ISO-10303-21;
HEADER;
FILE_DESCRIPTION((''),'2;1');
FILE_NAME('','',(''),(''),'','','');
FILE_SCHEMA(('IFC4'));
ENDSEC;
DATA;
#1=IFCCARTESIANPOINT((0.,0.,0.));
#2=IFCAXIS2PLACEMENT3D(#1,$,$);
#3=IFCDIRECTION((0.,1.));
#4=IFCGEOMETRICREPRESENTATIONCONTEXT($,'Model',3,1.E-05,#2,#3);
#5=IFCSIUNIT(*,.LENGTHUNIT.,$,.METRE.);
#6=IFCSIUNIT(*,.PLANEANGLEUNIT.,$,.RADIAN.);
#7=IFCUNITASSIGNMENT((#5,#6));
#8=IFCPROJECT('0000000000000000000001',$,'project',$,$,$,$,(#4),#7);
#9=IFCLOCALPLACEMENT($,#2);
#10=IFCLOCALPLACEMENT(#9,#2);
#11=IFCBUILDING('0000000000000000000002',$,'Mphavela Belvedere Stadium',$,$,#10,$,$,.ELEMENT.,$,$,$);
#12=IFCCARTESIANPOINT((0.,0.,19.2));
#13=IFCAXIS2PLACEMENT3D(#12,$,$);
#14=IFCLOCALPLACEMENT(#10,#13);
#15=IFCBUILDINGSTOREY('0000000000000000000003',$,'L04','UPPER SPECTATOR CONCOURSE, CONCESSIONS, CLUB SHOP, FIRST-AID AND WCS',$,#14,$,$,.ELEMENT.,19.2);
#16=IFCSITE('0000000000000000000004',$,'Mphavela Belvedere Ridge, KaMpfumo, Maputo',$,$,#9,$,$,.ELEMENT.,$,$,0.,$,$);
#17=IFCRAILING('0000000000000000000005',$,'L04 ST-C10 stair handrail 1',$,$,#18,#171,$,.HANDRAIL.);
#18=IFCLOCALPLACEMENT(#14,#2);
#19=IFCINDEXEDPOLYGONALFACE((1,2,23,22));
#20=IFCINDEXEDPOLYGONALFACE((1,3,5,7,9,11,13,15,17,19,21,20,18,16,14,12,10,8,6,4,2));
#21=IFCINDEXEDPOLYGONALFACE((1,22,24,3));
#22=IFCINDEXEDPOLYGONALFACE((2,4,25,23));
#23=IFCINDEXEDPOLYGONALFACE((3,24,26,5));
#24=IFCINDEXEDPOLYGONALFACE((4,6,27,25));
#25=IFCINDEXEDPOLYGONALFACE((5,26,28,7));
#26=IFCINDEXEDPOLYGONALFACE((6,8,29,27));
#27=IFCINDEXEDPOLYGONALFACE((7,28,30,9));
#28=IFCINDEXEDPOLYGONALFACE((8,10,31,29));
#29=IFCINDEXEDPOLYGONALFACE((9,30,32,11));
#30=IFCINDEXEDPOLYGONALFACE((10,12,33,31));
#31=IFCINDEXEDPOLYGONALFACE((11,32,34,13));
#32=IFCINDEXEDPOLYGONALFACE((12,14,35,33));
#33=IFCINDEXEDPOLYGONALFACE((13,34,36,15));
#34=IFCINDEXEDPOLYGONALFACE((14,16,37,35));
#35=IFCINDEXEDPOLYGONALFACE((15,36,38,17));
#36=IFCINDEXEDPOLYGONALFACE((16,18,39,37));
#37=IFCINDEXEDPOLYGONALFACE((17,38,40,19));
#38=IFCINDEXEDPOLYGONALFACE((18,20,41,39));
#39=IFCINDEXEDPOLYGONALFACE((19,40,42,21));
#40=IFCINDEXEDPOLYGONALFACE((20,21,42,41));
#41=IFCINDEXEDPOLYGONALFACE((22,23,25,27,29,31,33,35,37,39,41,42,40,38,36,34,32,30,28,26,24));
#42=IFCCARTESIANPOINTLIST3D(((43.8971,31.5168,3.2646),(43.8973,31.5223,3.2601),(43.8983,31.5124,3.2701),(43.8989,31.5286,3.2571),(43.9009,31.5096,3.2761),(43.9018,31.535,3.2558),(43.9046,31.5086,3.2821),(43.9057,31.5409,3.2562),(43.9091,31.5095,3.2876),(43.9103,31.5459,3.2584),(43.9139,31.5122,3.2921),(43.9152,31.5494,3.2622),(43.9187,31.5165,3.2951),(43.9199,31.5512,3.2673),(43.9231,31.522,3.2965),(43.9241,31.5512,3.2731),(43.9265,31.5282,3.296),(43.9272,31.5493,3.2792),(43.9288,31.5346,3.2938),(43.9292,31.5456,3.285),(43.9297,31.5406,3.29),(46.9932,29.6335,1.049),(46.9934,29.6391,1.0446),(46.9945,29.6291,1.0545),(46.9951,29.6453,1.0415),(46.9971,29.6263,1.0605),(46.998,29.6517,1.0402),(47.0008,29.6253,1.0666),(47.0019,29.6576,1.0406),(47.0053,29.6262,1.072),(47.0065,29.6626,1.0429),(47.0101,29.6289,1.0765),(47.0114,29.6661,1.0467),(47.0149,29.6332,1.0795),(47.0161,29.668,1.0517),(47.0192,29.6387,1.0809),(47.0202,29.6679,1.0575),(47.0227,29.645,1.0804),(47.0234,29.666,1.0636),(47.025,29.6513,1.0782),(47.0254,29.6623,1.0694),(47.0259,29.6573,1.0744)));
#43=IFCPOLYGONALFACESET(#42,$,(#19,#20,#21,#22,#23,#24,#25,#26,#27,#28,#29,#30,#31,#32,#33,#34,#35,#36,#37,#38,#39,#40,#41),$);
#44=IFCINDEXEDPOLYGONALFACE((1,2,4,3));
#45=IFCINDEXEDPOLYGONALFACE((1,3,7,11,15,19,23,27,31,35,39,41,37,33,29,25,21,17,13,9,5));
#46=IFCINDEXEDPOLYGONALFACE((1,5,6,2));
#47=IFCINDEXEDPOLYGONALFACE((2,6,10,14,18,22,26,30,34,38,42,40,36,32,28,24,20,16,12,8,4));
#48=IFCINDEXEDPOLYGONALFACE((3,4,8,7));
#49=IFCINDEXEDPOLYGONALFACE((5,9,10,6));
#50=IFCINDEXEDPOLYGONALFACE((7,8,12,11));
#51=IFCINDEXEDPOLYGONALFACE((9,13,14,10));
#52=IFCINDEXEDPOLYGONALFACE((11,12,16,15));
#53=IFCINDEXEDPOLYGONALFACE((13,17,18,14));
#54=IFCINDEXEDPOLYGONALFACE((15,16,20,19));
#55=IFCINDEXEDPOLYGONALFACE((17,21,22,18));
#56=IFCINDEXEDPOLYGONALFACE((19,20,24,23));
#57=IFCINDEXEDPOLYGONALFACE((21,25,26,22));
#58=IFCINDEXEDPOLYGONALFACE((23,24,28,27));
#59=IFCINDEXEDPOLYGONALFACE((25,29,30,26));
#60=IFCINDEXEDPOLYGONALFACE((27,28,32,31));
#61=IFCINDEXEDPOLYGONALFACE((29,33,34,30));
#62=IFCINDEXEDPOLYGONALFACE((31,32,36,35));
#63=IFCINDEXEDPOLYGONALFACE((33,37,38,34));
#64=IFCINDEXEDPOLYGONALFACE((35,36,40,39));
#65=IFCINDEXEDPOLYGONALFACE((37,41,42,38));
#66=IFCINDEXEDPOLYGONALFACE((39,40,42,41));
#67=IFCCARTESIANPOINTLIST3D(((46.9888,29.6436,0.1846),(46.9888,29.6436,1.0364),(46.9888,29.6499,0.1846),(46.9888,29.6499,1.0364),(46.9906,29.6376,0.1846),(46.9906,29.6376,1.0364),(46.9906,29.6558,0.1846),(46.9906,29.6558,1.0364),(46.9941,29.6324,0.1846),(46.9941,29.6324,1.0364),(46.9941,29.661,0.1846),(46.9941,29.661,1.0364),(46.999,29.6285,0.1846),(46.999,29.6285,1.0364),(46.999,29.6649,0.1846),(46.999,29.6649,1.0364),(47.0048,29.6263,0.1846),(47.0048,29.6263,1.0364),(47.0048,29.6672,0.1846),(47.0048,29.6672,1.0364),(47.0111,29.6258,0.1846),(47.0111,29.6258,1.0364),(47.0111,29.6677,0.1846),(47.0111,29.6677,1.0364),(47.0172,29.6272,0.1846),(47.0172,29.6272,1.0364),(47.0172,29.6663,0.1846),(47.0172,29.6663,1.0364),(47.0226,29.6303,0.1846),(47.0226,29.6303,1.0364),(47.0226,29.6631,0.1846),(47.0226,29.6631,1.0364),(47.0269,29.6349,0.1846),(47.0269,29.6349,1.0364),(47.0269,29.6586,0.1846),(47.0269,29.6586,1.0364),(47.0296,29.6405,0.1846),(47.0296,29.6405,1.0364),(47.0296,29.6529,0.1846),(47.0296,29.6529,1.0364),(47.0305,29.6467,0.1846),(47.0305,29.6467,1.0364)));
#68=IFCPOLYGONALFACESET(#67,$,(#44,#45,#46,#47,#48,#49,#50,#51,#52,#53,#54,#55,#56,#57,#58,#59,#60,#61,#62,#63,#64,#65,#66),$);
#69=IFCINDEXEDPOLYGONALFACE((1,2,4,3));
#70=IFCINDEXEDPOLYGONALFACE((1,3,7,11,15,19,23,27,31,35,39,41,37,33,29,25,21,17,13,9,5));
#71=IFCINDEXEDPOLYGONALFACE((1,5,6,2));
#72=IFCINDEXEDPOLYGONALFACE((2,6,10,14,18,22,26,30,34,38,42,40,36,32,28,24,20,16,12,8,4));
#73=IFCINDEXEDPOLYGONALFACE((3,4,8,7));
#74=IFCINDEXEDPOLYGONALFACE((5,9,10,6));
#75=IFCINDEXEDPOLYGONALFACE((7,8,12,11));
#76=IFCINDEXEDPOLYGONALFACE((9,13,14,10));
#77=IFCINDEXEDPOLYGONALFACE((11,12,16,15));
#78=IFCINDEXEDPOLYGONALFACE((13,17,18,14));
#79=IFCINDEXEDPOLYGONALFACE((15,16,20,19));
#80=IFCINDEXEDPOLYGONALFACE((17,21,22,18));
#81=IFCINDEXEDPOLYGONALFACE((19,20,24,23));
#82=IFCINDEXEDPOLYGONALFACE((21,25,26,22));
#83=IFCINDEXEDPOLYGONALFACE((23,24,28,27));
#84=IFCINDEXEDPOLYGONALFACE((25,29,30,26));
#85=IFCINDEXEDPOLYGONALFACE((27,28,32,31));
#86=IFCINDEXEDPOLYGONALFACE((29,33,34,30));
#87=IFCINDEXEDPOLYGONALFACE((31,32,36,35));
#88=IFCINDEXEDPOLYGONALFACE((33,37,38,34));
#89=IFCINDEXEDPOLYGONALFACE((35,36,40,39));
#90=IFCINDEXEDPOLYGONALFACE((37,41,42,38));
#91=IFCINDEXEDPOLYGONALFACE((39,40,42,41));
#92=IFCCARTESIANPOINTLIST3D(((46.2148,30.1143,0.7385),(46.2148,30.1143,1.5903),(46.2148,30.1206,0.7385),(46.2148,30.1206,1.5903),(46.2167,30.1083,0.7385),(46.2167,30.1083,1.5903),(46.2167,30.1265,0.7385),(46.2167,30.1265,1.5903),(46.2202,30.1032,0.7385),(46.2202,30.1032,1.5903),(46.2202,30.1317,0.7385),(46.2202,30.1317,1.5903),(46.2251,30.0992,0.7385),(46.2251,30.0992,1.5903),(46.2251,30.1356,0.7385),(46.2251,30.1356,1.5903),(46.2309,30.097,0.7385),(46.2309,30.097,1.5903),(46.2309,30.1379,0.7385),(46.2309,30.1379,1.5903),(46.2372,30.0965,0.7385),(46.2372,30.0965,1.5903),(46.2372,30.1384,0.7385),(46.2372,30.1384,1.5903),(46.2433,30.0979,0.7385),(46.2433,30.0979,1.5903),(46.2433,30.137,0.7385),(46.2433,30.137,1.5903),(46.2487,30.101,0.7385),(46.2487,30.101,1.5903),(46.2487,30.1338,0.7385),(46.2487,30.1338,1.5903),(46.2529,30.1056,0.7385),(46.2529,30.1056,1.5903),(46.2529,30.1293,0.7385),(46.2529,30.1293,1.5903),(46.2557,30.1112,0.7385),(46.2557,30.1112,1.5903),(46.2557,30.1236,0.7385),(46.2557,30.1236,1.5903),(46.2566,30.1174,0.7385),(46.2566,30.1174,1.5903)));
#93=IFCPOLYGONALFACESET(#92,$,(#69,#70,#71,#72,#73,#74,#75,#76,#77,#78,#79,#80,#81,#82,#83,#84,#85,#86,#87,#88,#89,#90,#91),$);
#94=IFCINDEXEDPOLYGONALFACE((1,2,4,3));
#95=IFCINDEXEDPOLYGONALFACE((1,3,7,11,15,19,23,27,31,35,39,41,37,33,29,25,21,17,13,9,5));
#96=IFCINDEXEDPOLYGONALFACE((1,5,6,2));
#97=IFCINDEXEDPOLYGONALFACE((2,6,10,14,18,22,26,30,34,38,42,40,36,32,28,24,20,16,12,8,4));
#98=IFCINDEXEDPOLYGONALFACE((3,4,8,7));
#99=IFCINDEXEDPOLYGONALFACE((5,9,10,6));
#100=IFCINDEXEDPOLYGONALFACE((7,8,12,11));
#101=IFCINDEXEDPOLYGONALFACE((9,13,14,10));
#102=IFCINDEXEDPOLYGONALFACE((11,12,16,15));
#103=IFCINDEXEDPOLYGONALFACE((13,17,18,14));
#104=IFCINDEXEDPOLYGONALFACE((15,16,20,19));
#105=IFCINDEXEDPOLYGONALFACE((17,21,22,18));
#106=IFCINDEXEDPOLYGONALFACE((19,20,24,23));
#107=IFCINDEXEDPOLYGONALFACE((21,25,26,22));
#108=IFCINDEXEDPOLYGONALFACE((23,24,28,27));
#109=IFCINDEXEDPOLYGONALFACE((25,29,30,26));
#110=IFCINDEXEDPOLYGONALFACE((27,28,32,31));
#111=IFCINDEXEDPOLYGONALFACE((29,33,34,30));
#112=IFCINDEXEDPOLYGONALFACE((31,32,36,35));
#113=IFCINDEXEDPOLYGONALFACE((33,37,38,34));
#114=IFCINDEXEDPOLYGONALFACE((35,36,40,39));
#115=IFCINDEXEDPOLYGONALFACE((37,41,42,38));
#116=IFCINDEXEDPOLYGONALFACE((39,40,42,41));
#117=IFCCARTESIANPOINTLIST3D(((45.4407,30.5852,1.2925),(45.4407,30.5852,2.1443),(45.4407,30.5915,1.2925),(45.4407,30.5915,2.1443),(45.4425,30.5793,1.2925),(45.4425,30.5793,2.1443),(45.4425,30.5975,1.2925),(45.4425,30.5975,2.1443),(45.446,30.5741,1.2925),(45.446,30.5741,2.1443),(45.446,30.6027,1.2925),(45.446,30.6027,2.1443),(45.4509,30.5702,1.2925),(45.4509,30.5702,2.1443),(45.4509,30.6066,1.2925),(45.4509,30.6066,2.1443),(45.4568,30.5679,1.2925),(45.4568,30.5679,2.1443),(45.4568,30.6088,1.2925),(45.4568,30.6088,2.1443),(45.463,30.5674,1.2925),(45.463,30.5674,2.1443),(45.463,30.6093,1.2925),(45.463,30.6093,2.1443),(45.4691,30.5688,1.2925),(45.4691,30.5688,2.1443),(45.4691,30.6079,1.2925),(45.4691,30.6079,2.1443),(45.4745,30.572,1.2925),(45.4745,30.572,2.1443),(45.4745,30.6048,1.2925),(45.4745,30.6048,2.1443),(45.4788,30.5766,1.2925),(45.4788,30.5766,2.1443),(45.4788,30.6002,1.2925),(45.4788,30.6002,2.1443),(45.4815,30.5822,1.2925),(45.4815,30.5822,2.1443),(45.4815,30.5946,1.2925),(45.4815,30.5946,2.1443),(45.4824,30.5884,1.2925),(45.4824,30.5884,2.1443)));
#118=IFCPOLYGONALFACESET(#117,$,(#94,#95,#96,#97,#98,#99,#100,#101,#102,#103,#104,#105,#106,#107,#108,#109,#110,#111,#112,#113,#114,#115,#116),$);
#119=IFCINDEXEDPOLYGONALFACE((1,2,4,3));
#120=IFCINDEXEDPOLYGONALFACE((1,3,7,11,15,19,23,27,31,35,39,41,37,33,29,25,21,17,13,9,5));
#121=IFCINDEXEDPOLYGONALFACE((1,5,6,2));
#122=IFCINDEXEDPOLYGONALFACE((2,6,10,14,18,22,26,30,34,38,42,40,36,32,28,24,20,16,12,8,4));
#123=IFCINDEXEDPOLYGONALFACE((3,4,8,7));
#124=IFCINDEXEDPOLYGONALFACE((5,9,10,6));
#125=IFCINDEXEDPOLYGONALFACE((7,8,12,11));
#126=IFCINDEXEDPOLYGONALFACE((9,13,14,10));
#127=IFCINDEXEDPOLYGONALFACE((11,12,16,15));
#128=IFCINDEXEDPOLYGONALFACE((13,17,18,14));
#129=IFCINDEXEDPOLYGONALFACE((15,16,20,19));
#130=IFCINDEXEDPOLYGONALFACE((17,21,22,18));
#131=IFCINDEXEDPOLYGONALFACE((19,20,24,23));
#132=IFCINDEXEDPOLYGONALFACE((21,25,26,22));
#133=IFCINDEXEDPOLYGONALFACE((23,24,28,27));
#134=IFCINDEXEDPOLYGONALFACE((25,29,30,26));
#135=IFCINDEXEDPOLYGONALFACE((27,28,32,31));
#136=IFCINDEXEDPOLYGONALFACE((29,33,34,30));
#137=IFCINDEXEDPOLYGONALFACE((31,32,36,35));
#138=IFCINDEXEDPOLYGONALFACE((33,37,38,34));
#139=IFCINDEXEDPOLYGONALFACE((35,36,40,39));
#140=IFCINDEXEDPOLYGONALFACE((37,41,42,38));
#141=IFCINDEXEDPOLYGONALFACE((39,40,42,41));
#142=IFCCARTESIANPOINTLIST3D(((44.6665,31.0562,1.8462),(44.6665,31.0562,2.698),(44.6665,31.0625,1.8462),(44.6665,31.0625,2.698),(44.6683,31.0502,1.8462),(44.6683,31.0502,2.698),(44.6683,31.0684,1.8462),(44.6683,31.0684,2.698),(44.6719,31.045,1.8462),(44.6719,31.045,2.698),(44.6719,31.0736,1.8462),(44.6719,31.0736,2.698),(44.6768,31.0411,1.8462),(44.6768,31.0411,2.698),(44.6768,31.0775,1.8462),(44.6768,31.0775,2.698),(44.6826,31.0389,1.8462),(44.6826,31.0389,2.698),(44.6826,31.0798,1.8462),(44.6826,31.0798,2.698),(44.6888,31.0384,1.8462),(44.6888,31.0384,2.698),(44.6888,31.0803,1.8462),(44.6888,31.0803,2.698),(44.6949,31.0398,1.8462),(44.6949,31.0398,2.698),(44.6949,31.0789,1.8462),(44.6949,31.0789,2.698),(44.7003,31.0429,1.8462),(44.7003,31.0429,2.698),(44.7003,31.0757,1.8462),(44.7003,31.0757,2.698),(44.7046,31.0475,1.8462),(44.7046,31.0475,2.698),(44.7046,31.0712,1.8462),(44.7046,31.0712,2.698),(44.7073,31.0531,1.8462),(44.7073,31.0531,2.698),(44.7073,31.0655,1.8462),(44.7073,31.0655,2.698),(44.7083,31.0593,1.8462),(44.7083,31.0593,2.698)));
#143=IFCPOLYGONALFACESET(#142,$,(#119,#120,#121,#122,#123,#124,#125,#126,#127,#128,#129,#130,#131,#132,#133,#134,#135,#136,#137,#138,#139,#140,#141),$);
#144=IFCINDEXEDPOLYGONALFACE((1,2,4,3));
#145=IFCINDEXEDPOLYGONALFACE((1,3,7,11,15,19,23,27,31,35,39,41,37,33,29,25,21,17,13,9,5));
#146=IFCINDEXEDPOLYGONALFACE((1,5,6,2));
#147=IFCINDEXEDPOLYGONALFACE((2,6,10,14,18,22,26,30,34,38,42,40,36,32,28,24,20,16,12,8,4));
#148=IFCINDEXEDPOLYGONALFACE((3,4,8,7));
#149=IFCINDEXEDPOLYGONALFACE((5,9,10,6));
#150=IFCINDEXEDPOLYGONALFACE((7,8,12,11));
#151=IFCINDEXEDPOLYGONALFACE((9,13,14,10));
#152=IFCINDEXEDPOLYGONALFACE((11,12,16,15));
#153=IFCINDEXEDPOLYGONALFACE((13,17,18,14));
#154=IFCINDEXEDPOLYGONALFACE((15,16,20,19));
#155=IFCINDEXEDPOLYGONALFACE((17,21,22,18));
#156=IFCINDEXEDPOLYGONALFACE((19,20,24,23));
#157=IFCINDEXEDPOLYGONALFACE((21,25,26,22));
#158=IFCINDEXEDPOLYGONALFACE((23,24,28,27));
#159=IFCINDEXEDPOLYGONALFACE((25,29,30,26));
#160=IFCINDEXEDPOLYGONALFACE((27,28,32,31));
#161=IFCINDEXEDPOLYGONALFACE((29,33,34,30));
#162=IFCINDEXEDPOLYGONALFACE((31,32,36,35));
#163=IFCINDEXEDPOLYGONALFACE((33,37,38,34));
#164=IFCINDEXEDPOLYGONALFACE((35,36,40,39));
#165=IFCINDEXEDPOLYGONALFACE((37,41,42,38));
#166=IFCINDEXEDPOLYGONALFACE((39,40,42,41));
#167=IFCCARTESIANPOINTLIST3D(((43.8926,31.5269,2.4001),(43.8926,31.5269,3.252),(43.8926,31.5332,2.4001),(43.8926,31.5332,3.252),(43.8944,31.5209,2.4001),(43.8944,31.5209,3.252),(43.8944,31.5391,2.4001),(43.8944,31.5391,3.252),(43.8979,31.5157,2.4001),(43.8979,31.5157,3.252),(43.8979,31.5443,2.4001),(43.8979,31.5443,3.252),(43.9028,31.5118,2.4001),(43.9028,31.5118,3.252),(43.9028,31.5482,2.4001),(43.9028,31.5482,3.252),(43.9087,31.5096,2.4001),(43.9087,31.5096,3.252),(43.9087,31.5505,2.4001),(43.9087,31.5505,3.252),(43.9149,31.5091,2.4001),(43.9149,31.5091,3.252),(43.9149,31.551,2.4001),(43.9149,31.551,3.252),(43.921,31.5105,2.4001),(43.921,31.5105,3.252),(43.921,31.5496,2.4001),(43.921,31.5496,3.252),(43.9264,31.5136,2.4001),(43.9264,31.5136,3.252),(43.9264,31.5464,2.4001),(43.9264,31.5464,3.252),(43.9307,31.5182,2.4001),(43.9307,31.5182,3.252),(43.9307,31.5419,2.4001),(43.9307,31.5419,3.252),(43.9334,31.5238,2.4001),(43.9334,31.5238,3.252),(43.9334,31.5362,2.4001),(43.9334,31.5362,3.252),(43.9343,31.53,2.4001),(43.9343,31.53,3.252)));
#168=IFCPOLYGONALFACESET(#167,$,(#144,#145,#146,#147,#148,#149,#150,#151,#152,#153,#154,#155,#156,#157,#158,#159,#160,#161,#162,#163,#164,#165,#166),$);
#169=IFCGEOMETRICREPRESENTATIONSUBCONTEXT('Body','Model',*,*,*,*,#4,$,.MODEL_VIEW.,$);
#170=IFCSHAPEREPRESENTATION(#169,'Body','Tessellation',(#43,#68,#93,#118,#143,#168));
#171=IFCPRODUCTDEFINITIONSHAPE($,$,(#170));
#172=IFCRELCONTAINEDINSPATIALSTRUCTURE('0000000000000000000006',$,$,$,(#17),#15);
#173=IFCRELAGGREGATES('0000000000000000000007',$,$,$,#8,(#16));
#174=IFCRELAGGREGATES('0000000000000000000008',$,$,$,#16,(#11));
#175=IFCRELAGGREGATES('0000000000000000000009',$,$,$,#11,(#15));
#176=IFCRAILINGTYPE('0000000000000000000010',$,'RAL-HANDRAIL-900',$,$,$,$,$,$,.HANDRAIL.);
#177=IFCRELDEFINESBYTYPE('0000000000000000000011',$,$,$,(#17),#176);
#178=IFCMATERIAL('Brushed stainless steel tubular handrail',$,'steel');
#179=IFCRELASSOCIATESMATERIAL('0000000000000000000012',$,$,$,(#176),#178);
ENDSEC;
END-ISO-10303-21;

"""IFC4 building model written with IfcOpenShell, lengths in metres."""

from ifc_helpers import new_model, si_unit, direction, frame, origin, origin_2d, place, context, subcontext, project, spatial, circle, extrude, material, type_object, element, save


model = new_model("IFC4")

# Units and contexts
model_context = context("Model", 3, precision=1e-05, world=origin(), true_north=direction((0.0, 1.0)))
body_context = subcontext(model_context, "Body", "Model", "MODEL_VIEW")
ifc_project = project(units=[si_unit("LENGTHUNIT", "METRE"), si_unit("PLANEANGLEUNIT", "RADIAN")], contexts=[model_context])

# Site, building, storey
site_placement = place(None, origin())
site = spatial("IfcSite", under=ifc_project, at=site_placement, Name="Mphavela Belvedere Ridge, KaMpfumo, Maputo", CompositionType="ELEMENT", RefElevation=0.0)
building_placement = place(site_placement, origin())
building = spatial("IfcBuilding", under=site, at=building_placement, Name="Mphavela Belvedere Stadium", CompositionType="ELEMENT")
storey_placement = place(building_placement, frame((0.0, 0.0, 19.2)))
storey = spatial("IfcBuildingStorey", under=building, at=storey_placement, Name="L04", Description="UPPER SPECTATOR CONCOURSE, CONCESSIONS, CLUB SHOP, FIRST-AID AND WCS", CompositionType="ELEMENT", Elevation=19.2)

# Railing
ifc_material_1 = material(Name="Brushed stainless steel tubular handrail", Category="steel")
railing_type_1 = type_object("IfcRailingType", Name="RAL-HANDRAIL-900", PredefinedType="HANDRAIL", material=ifc_material_1)
railing_1_placement = place(storey_placement, frame((47.0095, 29.6467, 0.1846)))
element("IfcRailing", 1, at=railing_1_placement, inside=storey, type_object=railing_type_1, Name="L04 ST-C10 stair handrail 1", PredefinedType="HANDRAIL", context=body_context, shape_type="SweptSolid", body=[
    extrude(circle(Radius=0.0239, at=origin_2d()), frame((0.0, 0.0, 0.876), z_axis=(-0.728929, 0.443381, 0.521608), x_axis=(-0.519678, -0.854362, 0.0)), (0.0, 0.0, 1.0), 4.2476),
    extrude(circle(Radius=0.021, at=origin_2d()), origin(), (0.0, 0.0, 1.0), 0.8518),
    extrude(circle(Radius=0.021, at=origin_2d()), frame((-0.7739, 0.4707, 0.554)), (0.0, 0.0, 1.0), 0.8518),
    extrude(circle(Radius=0.021, at=origin_2d()), frame((-1.5481, 0.9417, 1.1079)), (0.0, 0.0, 1.0), 0.8518),
    extrude(circle(Radius=0.021, at=origin_2d()), frame((-2.3223, 1.4126, 1.6616)), (0.0, 0.0, 1.0), 0.8518),
    extrude(circle(Radius=0.021, at=origin_2d()), frame((-3.0962, 1.8833, 2.2156)), (0.0, 0.0, 1.0), 0.8518),
])

save(model, "model.ifc")
